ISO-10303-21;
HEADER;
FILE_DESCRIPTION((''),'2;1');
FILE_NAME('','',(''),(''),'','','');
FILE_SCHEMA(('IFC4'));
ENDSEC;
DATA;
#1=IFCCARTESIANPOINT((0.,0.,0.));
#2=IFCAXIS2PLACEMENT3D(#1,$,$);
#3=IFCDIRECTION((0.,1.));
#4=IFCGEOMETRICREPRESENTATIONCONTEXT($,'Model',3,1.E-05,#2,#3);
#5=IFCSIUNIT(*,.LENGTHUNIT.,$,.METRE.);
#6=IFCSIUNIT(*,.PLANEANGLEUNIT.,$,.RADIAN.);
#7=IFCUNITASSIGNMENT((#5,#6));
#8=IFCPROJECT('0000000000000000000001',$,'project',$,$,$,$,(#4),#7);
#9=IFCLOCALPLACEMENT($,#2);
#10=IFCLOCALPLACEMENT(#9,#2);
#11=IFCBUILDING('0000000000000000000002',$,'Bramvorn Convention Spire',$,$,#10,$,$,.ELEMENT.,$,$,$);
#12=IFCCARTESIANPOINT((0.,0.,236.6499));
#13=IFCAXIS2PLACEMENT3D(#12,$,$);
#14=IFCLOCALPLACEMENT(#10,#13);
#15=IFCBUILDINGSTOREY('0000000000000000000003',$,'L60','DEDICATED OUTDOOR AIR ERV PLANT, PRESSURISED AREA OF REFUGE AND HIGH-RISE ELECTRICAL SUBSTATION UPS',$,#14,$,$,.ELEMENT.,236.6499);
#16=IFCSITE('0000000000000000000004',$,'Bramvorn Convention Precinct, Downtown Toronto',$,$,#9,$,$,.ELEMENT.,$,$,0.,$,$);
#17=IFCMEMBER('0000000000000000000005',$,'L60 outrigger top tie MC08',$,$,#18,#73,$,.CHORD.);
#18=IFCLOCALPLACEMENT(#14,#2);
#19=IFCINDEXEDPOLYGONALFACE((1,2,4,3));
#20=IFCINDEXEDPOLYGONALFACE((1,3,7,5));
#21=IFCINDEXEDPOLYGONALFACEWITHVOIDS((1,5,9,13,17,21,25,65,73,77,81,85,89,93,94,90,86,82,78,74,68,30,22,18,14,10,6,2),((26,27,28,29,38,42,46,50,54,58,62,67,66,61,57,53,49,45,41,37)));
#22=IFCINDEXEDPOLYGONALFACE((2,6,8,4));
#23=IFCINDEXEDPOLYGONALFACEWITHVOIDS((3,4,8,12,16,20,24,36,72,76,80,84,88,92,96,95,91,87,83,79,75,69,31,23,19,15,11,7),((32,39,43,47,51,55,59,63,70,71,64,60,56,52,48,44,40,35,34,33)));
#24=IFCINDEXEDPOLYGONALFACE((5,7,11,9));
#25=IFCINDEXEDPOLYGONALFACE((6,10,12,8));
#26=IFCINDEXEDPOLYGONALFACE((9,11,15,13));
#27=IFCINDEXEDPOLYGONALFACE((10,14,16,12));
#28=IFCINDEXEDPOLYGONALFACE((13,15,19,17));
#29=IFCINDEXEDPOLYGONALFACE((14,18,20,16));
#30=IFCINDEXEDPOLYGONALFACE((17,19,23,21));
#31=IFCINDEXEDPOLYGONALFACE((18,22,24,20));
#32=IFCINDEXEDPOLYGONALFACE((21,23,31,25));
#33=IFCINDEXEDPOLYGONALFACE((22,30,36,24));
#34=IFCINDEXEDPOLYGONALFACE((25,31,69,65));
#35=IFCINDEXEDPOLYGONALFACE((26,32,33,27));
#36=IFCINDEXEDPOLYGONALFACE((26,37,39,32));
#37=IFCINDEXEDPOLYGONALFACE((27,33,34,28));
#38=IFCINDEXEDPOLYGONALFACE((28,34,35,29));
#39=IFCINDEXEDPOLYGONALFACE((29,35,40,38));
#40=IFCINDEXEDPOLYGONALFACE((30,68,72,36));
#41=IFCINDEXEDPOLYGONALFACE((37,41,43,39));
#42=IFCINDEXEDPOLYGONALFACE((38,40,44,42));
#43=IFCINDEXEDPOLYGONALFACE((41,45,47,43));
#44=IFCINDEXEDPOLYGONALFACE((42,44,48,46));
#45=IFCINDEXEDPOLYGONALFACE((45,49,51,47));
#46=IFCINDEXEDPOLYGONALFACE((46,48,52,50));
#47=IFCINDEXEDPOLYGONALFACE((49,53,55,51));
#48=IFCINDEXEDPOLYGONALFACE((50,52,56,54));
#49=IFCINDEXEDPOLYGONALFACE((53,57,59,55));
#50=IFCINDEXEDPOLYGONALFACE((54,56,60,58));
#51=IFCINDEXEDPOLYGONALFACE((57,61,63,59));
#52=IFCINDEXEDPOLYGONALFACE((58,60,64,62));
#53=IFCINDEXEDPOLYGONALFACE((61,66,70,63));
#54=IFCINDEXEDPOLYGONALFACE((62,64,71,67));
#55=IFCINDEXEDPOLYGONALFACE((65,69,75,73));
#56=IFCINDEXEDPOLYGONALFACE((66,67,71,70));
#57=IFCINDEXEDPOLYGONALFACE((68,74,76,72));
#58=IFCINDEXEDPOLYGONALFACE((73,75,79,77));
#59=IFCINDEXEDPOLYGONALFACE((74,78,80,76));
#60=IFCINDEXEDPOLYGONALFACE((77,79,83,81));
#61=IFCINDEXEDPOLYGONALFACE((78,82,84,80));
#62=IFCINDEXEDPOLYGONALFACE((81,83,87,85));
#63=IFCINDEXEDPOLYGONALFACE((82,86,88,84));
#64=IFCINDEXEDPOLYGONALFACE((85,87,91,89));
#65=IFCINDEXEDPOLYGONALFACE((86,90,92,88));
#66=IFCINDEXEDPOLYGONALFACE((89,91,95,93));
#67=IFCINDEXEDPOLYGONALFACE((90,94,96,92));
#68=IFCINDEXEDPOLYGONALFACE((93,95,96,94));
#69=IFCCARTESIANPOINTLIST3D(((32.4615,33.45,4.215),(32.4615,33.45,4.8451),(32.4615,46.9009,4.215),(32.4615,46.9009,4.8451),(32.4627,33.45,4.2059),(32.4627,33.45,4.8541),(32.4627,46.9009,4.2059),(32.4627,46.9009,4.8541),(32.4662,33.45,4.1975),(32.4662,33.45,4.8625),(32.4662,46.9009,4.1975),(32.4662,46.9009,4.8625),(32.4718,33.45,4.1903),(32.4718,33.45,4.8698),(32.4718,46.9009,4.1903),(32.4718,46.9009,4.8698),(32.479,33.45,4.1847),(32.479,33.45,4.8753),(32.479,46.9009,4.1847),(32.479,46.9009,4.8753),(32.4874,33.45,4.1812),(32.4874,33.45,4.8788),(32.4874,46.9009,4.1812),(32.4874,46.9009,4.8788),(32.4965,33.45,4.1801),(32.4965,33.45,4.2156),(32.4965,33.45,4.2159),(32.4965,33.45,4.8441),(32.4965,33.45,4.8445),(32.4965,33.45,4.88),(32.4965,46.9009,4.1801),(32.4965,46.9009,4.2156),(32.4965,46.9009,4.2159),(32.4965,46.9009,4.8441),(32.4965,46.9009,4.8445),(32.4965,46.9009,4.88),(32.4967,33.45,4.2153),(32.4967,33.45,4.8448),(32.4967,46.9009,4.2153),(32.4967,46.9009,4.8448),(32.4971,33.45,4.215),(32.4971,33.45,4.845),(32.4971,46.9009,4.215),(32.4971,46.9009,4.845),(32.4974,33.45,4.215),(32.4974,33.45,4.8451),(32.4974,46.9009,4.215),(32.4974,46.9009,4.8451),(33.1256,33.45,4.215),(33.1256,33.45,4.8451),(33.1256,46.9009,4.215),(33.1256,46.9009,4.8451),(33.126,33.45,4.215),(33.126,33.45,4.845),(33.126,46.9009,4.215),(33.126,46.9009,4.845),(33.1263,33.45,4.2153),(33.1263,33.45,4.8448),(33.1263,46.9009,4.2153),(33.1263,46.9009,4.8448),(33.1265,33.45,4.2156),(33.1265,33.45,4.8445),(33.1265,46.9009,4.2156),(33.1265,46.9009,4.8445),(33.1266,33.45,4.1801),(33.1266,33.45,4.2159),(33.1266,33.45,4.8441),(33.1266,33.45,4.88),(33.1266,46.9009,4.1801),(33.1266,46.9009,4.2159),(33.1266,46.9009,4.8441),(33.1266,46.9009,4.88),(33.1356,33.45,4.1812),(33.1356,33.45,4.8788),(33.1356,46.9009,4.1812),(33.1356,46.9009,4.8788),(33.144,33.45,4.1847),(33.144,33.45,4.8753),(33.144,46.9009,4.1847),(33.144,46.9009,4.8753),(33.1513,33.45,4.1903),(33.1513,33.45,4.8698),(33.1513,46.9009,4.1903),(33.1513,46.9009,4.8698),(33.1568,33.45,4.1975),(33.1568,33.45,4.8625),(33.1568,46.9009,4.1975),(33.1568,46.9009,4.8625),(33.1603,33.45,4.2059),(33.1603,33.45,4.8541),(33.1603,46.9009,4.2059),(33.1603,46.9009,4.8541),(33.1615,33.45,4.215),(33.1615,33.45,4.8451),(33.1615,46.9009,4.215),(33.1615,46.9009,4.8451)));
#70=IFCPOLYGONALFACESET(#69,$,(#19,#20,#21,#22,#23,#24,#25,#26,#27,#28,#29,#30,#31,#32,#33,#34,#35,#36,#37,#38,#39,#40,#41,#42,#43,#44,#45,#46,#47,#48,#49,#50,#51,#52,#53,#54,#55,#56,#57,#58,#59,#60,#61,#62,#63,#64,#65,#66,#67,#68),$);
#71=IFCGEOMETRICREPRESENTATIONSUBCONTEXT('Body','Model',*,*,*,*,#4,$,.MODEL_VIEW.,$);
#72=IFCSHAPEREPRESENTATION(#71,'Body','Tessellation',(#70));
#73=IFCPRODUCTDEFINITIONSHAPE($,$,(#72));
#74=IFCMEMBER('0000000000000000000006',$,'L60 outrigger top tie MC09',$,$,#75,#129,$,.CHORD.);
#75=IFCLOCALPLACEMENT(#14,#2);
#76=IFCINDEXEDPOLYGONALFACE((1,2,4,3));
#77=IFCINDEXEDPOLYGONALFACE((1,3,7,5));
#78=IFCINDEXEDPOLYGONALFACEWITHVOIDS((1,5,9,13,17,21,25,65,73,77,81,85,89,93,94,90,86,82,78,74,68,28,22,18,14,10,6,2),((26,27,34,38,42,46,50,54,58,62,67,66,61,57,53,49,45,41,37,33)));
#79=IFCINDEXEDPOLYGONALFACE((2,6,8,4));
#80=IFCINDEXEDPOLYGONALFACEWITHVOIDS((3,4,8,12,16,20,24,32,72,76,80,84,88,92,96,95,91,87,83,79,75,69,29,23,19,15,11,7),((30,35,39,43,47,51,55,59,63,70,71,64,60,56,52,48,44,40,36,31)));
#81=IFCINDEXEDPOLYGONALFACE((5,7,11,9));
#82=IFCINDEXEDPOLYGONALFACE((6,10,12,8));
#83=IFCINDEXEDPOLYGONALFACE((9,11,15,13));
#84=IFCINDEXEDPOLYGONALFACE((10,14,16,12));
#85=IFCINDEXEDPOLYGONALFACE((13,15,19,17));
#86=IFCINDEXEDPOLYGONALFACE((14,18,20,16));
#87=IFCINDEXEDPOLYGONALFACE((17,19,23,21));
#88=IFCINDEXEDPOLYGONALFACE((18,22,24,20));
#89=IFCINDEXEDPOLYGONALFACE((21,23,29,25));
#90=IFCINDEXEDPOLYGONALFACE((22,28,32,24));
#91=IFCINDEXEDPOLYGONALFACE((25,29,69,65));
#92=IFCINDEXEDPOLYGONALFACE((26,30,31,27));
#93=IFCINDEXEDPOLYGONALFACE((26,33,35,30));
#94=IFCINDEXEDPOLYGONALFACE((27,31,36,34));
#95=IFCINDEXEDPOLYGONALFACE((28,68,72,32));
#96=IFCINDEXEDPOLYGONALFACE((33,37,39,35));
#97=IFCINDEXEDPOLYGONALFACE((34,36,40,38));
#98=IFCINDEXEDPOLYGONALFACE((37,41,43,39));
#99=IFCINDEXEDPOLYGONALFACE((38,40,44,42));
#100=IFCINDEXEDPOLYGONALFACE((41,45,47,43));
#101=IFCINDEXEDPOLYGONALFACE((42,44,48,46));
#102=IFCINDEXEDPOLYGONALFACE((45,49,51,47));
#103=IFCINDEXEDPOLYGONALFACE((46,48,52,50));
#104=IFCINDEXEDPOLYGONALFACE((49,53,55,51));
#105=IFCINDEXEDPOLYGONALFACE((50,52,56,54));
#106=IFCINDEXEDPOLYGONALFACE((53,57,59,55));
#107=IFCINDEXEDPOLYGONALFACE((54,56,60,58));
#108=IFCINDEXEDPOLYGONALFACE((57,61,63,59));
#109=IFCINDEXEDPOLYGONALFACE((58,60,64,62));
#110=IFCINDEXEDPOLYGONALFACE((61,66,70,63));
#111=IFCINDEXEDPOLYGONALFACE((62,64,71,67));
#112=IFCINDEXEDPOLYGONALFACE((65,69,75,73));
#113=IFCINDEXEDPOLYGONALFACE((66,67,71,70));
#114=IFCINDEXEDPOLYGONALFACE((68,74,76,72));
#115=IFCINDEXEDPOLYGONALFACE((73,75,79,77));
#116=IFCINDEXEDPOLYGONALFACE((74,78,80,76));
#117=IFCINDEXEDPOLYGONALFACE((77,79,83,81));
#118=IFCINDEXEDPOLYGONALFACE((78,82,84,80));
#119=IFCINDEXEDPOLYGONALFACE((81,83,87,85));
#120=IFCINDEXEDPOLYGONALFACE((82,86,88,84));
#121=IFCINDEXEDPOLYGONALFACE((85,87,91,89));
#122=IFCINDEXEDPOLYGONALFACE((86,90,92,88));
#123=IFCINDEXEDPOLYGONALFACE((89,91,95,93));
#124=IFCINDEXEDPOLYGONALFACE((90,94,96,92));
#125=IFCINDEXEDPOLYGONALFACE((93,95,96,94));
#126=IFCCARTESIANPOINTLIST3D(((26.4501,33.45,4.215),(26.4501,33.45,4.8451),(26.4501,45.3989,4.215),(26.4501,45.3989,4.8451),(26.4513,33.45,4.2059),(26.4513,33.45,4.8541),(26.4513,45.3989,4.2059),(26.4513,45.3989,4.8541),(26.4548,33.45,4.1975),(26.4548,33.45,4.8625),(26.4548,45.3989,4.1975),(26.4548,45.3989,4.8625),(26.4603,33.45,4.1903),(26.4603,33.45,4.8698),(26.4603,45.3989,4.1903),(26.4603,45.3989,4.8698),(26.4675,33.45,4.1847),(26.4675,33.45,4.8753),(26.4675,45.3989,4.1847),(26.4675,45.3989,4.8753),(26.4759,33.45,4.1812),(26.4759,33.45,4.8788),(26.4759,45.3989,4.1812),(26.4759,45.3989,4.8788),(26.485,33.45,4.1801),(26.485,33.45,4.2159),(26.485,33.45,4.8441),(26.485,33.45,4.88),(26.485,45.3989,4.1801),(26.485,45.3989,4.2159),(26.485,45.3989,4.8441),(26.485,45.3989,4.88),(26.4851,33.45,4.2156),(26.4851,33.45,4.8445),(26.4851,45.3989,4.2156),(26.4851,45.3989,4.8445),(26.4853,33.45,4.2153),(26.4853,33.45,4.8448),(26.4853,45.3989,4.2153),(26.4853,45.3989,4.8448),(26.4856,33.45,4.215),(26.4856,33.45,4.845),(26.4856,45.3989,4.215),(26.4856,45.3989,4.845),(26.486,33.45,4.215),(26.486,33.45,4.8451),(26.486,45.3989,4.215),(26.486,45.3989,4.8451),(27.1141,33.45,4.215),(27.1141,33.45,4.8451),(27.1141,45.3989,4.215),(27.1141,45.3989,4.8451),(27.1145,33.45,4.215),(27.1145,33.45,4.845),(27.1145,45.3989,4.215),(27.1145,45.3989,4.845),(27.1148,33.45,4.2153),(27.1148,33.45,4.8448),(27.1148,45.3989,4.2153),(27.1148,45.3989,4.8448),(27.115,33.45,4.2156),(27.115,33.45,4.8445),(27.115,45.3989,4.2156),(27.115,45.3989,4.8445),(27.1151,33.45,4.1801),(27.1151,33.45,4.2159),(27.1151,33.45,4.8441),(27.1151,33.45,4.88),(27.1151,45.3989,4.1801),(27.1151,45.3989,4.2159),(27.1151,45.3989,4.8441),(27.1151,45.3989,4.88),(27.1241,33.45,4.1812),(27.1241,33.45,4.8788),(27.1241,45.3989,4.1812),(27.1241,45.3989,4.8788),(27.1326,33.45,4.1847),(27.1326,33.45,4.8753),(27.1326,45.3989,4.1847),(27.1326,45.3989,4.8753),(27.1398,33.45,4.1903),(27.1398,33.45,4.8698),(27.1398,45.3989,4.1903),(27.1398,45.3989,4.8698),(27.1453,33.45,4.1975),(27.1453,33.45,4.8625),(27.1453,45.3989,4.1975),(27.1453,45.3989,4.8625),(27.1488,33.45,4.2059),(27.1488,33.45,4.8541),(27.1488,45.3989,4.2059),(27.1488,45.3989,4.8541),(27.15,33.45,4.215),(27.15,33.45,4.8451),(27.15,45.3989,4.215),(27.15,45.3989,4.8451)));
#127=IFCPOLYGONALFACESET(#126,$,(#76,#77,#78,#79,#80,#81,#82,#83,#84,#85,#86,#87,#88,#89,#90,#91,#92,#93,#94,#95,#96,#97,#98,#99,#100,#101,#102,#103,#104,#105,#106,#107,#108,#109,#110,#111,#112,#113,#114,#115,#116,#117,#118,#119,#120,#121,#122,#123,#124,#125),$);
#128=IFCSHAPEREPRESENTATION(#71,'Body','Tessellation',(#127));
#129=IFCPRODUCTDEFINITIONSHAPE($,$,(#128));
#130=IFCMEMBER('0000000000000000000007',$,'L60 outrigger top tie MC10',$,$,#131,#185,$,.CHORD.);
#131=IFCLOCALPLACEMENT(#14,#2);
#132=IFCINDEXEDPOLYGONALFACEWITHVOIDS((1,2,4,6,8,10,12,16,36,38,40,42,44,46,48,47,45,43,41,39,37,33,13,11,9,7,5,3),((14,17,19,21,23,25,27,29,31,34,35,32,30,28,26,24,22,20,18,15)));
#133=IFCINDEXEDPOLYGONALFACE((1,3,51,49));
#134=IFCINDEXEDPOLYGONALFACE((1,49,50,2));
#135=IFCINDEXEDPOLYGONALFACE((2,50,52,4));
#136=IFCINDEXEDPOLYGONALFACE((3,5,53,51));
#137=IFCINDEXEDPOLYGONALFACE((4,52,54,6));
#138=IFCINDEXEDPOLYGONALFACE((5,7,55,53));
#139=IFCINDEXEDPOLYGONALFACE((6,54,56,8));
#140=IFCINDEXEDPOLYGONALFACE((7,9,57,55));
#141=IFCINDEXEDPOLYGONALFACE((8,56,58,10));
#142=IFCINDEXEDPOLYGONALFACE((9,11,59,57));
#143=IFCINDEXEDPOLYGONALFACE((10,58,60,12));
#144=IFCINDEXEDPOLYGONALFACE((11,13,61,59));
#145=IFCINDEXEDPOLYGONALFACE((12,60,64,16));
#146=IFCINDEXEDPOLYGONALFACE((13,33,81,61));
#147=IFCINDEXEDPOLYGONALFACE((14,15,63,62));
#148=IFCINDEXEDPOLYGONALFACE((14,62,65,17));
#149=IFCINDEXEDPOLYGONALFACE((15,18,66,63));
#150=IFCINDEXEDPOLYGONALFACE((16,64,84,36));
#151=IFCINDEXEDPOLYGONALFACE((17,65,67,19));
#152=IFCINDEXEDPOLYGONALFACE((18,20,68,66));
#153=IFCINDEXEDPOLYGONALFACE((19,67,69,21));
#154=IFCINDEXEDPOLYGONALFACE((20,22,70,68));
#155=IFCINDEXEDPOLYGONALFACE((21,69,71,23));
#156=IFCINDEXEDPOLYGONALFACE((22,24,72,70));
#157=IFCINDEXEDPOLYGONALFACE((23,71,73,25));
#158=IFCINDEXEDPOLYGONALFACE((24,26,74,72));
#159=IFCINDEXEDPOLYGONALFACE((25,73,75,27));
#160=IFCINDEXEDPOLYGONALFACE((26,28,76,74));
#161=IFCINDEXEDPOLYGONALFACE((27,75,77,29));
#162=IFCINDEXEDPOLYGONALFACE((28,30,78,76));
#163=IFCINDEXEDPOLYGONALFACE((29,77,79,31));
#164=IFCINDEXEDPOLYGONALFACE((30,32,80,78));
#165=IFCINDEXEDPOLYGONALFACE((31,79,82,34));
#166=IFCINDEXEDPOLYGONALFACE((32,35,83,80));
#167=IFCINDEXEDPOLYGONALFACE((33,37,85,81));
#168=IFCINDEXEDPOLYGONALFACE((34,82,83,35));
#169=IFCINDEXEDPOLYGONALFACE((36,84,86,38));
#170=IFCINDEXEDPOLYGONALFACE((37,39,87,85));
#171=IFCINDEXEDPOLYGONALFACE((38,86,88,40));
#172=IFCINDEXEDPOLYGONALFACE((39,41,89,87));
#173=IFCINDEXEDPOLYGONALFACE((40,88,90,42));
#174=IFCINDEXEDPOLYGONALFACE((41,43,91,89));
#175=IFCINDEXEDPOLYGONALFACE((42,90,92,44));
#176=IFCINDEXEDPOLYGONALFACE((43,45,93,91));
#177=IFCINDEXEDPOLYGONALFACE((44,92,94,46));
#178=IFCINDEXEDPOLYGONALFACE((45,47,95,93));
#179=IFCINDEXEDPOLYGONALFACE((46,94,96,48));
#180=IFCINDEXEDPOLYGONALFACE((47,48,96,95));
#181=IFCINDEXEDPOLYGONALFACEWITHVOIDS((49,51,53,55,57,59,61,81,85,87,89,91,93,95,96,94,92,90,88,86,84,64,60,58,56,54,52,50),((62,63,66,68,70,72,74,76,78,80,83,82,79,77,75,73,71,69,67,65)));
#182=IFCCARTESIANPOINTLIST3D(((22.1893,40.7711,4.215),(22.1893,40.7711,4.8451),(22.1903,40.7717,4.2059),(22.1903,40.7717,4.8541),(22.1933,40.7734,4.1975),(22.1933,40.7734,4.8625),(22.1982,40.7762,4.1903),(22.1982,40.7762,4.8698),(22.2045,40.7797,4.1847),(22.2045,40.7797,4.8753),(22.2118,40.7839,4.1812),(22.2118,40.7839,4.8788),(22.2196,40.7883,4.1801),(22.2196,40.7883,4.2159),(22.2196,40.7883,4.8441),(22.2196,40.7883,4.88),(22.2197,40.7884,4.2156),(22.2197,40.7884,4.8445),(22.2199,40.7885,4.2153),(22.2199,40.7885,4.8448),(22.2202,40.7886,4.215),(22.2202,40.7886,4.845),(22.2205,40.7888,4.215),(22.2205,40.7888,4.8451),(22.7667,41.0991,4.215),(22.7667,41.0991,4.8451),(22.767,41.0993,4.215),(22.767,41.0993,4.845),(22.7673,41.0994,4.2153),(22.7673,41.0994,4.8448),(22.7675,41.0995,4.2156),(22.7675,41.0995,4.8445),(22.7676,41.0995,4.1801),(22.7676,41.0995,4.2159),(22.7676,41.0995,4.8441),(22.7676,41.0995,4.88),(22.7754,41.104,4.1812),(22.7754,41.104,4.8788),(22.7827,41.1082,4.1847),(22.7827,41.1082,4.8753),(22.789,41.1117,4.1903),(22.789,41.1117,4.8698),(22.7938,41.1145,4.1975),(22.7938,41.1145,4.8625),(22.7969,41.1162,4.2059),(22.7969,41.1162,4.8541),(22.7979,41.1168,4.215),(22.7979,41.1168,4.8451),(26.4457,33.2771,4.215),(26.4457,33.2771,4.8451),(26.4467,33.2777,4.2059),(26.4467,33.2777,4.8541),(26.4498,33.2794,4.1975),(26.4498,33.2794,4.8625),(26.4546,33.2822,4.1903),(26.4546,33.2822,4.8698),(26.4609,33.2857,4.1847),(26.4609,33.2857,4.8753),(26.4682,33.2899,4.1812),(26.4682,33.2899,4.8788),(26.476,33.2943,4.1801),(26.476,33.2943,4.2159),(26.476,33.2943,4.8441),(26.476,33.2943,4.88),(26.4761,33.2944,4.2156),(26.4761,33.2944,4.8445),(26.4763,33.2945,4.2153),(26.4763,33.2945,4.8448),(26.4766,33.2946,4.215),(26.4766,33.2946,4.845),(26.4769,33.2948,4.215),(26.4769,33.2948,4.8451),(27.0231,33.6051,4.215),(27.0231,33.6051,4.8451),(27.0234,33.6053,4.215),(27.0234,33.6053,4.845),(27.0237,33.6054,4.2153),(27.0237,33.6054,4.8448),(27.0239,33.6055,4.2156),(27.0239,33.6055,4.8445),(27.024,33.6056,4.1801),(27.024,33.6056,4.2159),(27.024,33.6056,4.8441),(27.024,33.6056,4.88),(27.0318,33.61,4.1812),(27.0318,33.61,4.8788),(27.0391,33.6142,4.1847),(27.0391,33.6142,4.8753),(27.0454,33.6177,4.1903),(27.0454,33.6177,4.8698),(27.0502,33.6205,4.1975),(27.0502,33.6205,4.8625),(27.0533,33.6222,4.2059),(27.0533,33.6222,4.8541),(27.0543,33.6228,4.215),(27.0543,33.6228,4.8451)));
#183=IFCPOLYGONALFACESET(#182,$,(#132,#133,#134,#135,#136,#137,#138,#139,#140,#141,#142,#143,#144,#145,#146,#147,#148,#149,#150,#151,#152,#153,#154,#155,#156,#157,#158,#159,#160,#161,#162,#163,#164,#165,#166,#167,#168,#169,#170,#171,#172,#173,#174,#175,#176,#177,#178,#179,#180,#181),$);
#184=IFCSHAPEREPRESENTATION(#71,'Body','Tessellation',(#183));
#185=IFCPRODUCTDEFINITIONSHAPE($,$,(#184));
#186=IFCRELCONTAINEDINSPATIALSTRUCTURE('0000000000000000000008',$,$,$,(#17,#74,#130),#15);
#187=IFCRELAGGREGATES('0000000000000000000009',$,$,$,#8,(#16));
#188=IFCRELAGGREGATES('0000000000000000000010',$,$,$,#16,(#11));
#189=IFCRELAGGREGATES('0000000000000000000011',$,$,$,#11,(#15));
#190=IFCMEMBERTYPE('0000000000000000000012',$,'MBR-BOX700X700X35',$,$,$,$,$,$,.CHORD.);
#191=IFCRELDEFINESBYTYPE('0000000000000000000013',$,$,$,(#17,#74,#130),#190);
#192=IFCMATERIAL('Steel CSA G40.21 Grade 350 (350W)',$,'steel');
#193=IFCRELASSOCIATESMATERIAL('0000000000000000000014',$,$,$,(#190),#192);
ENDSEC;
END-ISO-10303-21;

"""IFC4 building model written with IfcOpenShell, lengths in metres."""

from ifc_helpers import new_model, si_unit, direction, frame, origin, origin_2d, place, context, subcontext, project, spatial, hollow_rectangle, extrude, material, material_profile, profile_set, type_object, element, save


model = new_model("IFC4")

# Units and contexts
model_context = context("Model", 3, precision=1e-05, world=origin(), true_north=direction((0.0, 1.0)))
body_context = subcontext(model_context, "Body", "Model", "MODEL_VIEW")
ifc_project = project(units=[si_unit("LENGTHUNIT", "METRE"), si_unit("PLANEANGLEUNIT", "RADIAN")], contexts=[model_context])

# Site, building, storey
site_placement = place(None, origin())
site = spatial("IfcSite", under=ifc_project, at=site_placement, Name="Bramvorn Convention Precinct, Downtown Toronto", CompositionType="ELEMENT", RefElevation=0.0)
building_placement = place(site_placement, origin())
building = spatial("IfcBuilding", under=site, at=building_placement, Name="Bramvorn Convention Spire", CompositionType="ELEMENT")
storey_placement = place(building_placement, frame((0.0, 0.0, 236.6499)))
storey = spatial("IfcBuildingStorey", under=building, at=storey_placement, Name="L60", Description="DEDICATED OUTDOOR AIR ERV PLANT, PRESSURISED AREA OF REFUGE AND HIGH-RISE ELECTRICAL SUBSTATION UPS", CompositionType="ELEMENT", Elevation=236.6499)

# Shared definitions
ifc_material_1 = material(Name="Steel CSA G40.21 Grade 350 (350W)", Category="steel")

# Members
ifc_material_profile_1 = material_profile(ifc_material_1, hollow_rectangle(XDim=0.7, YDim=0.7, WallThickness=0.0349, InnerFilletRadius=0.001, OuterFilletRadius=0.0349, at=origin_2d()))
ifc_profile_set_1 = profile_set([ifc_material_profile_1], Name="Steel CSA G40.21 Grade 350 (350W) - BOX700X700X35")
member_type = type_object("IfcMemberType", Name="MBR-BOX700X700X35", PredefinedType="CHORD", material=ifc_profile_set_1)
member_1_placement = place(storey_placement, frame((32.8115, 33.45, 4.53), z_axis=(0.0, 1.0, 0.0), x_axis=(-1.0, 0.0, 0.0)))
element("IfcMember", 1, at=member_1_placement, inside=storey, type_object=member_type, Name="L60 outrigger top tie MC08", PredefinedType="CHORD", context=body_context, shape_type="SweptSolid", body=[
    extrude(hollow_rectangle(XDim=0.7, YDim=0.7, WallThickness=0.0349, InnerFilletRadius=0.001, OuterFilletRadius=0.0349, at=origin_2d()), origin(), (0.0, 0.0, 1.0), 13.4509),
])
member_2_placement = place(storey_placement, frame((26.8, 33.45, 4.53), z_axis=(0.0, 1.0, 0.0), x_axis=(-1.0, 0.0, 0.0)))
element("IfcMember", 2, at=member_2_placement, inside=storey, type_object=member_type, Name="L60 outrigger top tie MC09", PredefinedType="CHORD", context=body_context, shape_type="SweptSolid", body=[
    extrude(hollow_rectangle(XDim=0.7, YDim=0.7, WallThickness=0.0349, InnerFilletRadius=0.001, OuterFilletRadius=0.0349, at=origin_2d()), origin(), (0.0, 0.0, 1.0), 11.949),
])
member_3_placement = place(storey_placement, frame((26.75, 33.45, 4.53), z_axis=(-0.493874, 0.869534, 0.0), x_axis=(-0.869534, -0.493874, 0.0)))
element("IfcMember", 3, at=member_3_placement, inside=storey, type_object=member_type, Name="L60 outrigger top tie MC10", PredefinedType="CHORD", context=body_context, shape_type="SweptSolid", body=[
    extrude(hollow_rectangle(XDim=0.7, YDim=0.7, WallThickness=0.0349, InnerFilletRadius=0.001, OuterFilletRadius=0.0349, at=origin_2d()), origin(), (0.0, 0.0, 1.0), 8.6184),
])

save(model, "model.ifc")
